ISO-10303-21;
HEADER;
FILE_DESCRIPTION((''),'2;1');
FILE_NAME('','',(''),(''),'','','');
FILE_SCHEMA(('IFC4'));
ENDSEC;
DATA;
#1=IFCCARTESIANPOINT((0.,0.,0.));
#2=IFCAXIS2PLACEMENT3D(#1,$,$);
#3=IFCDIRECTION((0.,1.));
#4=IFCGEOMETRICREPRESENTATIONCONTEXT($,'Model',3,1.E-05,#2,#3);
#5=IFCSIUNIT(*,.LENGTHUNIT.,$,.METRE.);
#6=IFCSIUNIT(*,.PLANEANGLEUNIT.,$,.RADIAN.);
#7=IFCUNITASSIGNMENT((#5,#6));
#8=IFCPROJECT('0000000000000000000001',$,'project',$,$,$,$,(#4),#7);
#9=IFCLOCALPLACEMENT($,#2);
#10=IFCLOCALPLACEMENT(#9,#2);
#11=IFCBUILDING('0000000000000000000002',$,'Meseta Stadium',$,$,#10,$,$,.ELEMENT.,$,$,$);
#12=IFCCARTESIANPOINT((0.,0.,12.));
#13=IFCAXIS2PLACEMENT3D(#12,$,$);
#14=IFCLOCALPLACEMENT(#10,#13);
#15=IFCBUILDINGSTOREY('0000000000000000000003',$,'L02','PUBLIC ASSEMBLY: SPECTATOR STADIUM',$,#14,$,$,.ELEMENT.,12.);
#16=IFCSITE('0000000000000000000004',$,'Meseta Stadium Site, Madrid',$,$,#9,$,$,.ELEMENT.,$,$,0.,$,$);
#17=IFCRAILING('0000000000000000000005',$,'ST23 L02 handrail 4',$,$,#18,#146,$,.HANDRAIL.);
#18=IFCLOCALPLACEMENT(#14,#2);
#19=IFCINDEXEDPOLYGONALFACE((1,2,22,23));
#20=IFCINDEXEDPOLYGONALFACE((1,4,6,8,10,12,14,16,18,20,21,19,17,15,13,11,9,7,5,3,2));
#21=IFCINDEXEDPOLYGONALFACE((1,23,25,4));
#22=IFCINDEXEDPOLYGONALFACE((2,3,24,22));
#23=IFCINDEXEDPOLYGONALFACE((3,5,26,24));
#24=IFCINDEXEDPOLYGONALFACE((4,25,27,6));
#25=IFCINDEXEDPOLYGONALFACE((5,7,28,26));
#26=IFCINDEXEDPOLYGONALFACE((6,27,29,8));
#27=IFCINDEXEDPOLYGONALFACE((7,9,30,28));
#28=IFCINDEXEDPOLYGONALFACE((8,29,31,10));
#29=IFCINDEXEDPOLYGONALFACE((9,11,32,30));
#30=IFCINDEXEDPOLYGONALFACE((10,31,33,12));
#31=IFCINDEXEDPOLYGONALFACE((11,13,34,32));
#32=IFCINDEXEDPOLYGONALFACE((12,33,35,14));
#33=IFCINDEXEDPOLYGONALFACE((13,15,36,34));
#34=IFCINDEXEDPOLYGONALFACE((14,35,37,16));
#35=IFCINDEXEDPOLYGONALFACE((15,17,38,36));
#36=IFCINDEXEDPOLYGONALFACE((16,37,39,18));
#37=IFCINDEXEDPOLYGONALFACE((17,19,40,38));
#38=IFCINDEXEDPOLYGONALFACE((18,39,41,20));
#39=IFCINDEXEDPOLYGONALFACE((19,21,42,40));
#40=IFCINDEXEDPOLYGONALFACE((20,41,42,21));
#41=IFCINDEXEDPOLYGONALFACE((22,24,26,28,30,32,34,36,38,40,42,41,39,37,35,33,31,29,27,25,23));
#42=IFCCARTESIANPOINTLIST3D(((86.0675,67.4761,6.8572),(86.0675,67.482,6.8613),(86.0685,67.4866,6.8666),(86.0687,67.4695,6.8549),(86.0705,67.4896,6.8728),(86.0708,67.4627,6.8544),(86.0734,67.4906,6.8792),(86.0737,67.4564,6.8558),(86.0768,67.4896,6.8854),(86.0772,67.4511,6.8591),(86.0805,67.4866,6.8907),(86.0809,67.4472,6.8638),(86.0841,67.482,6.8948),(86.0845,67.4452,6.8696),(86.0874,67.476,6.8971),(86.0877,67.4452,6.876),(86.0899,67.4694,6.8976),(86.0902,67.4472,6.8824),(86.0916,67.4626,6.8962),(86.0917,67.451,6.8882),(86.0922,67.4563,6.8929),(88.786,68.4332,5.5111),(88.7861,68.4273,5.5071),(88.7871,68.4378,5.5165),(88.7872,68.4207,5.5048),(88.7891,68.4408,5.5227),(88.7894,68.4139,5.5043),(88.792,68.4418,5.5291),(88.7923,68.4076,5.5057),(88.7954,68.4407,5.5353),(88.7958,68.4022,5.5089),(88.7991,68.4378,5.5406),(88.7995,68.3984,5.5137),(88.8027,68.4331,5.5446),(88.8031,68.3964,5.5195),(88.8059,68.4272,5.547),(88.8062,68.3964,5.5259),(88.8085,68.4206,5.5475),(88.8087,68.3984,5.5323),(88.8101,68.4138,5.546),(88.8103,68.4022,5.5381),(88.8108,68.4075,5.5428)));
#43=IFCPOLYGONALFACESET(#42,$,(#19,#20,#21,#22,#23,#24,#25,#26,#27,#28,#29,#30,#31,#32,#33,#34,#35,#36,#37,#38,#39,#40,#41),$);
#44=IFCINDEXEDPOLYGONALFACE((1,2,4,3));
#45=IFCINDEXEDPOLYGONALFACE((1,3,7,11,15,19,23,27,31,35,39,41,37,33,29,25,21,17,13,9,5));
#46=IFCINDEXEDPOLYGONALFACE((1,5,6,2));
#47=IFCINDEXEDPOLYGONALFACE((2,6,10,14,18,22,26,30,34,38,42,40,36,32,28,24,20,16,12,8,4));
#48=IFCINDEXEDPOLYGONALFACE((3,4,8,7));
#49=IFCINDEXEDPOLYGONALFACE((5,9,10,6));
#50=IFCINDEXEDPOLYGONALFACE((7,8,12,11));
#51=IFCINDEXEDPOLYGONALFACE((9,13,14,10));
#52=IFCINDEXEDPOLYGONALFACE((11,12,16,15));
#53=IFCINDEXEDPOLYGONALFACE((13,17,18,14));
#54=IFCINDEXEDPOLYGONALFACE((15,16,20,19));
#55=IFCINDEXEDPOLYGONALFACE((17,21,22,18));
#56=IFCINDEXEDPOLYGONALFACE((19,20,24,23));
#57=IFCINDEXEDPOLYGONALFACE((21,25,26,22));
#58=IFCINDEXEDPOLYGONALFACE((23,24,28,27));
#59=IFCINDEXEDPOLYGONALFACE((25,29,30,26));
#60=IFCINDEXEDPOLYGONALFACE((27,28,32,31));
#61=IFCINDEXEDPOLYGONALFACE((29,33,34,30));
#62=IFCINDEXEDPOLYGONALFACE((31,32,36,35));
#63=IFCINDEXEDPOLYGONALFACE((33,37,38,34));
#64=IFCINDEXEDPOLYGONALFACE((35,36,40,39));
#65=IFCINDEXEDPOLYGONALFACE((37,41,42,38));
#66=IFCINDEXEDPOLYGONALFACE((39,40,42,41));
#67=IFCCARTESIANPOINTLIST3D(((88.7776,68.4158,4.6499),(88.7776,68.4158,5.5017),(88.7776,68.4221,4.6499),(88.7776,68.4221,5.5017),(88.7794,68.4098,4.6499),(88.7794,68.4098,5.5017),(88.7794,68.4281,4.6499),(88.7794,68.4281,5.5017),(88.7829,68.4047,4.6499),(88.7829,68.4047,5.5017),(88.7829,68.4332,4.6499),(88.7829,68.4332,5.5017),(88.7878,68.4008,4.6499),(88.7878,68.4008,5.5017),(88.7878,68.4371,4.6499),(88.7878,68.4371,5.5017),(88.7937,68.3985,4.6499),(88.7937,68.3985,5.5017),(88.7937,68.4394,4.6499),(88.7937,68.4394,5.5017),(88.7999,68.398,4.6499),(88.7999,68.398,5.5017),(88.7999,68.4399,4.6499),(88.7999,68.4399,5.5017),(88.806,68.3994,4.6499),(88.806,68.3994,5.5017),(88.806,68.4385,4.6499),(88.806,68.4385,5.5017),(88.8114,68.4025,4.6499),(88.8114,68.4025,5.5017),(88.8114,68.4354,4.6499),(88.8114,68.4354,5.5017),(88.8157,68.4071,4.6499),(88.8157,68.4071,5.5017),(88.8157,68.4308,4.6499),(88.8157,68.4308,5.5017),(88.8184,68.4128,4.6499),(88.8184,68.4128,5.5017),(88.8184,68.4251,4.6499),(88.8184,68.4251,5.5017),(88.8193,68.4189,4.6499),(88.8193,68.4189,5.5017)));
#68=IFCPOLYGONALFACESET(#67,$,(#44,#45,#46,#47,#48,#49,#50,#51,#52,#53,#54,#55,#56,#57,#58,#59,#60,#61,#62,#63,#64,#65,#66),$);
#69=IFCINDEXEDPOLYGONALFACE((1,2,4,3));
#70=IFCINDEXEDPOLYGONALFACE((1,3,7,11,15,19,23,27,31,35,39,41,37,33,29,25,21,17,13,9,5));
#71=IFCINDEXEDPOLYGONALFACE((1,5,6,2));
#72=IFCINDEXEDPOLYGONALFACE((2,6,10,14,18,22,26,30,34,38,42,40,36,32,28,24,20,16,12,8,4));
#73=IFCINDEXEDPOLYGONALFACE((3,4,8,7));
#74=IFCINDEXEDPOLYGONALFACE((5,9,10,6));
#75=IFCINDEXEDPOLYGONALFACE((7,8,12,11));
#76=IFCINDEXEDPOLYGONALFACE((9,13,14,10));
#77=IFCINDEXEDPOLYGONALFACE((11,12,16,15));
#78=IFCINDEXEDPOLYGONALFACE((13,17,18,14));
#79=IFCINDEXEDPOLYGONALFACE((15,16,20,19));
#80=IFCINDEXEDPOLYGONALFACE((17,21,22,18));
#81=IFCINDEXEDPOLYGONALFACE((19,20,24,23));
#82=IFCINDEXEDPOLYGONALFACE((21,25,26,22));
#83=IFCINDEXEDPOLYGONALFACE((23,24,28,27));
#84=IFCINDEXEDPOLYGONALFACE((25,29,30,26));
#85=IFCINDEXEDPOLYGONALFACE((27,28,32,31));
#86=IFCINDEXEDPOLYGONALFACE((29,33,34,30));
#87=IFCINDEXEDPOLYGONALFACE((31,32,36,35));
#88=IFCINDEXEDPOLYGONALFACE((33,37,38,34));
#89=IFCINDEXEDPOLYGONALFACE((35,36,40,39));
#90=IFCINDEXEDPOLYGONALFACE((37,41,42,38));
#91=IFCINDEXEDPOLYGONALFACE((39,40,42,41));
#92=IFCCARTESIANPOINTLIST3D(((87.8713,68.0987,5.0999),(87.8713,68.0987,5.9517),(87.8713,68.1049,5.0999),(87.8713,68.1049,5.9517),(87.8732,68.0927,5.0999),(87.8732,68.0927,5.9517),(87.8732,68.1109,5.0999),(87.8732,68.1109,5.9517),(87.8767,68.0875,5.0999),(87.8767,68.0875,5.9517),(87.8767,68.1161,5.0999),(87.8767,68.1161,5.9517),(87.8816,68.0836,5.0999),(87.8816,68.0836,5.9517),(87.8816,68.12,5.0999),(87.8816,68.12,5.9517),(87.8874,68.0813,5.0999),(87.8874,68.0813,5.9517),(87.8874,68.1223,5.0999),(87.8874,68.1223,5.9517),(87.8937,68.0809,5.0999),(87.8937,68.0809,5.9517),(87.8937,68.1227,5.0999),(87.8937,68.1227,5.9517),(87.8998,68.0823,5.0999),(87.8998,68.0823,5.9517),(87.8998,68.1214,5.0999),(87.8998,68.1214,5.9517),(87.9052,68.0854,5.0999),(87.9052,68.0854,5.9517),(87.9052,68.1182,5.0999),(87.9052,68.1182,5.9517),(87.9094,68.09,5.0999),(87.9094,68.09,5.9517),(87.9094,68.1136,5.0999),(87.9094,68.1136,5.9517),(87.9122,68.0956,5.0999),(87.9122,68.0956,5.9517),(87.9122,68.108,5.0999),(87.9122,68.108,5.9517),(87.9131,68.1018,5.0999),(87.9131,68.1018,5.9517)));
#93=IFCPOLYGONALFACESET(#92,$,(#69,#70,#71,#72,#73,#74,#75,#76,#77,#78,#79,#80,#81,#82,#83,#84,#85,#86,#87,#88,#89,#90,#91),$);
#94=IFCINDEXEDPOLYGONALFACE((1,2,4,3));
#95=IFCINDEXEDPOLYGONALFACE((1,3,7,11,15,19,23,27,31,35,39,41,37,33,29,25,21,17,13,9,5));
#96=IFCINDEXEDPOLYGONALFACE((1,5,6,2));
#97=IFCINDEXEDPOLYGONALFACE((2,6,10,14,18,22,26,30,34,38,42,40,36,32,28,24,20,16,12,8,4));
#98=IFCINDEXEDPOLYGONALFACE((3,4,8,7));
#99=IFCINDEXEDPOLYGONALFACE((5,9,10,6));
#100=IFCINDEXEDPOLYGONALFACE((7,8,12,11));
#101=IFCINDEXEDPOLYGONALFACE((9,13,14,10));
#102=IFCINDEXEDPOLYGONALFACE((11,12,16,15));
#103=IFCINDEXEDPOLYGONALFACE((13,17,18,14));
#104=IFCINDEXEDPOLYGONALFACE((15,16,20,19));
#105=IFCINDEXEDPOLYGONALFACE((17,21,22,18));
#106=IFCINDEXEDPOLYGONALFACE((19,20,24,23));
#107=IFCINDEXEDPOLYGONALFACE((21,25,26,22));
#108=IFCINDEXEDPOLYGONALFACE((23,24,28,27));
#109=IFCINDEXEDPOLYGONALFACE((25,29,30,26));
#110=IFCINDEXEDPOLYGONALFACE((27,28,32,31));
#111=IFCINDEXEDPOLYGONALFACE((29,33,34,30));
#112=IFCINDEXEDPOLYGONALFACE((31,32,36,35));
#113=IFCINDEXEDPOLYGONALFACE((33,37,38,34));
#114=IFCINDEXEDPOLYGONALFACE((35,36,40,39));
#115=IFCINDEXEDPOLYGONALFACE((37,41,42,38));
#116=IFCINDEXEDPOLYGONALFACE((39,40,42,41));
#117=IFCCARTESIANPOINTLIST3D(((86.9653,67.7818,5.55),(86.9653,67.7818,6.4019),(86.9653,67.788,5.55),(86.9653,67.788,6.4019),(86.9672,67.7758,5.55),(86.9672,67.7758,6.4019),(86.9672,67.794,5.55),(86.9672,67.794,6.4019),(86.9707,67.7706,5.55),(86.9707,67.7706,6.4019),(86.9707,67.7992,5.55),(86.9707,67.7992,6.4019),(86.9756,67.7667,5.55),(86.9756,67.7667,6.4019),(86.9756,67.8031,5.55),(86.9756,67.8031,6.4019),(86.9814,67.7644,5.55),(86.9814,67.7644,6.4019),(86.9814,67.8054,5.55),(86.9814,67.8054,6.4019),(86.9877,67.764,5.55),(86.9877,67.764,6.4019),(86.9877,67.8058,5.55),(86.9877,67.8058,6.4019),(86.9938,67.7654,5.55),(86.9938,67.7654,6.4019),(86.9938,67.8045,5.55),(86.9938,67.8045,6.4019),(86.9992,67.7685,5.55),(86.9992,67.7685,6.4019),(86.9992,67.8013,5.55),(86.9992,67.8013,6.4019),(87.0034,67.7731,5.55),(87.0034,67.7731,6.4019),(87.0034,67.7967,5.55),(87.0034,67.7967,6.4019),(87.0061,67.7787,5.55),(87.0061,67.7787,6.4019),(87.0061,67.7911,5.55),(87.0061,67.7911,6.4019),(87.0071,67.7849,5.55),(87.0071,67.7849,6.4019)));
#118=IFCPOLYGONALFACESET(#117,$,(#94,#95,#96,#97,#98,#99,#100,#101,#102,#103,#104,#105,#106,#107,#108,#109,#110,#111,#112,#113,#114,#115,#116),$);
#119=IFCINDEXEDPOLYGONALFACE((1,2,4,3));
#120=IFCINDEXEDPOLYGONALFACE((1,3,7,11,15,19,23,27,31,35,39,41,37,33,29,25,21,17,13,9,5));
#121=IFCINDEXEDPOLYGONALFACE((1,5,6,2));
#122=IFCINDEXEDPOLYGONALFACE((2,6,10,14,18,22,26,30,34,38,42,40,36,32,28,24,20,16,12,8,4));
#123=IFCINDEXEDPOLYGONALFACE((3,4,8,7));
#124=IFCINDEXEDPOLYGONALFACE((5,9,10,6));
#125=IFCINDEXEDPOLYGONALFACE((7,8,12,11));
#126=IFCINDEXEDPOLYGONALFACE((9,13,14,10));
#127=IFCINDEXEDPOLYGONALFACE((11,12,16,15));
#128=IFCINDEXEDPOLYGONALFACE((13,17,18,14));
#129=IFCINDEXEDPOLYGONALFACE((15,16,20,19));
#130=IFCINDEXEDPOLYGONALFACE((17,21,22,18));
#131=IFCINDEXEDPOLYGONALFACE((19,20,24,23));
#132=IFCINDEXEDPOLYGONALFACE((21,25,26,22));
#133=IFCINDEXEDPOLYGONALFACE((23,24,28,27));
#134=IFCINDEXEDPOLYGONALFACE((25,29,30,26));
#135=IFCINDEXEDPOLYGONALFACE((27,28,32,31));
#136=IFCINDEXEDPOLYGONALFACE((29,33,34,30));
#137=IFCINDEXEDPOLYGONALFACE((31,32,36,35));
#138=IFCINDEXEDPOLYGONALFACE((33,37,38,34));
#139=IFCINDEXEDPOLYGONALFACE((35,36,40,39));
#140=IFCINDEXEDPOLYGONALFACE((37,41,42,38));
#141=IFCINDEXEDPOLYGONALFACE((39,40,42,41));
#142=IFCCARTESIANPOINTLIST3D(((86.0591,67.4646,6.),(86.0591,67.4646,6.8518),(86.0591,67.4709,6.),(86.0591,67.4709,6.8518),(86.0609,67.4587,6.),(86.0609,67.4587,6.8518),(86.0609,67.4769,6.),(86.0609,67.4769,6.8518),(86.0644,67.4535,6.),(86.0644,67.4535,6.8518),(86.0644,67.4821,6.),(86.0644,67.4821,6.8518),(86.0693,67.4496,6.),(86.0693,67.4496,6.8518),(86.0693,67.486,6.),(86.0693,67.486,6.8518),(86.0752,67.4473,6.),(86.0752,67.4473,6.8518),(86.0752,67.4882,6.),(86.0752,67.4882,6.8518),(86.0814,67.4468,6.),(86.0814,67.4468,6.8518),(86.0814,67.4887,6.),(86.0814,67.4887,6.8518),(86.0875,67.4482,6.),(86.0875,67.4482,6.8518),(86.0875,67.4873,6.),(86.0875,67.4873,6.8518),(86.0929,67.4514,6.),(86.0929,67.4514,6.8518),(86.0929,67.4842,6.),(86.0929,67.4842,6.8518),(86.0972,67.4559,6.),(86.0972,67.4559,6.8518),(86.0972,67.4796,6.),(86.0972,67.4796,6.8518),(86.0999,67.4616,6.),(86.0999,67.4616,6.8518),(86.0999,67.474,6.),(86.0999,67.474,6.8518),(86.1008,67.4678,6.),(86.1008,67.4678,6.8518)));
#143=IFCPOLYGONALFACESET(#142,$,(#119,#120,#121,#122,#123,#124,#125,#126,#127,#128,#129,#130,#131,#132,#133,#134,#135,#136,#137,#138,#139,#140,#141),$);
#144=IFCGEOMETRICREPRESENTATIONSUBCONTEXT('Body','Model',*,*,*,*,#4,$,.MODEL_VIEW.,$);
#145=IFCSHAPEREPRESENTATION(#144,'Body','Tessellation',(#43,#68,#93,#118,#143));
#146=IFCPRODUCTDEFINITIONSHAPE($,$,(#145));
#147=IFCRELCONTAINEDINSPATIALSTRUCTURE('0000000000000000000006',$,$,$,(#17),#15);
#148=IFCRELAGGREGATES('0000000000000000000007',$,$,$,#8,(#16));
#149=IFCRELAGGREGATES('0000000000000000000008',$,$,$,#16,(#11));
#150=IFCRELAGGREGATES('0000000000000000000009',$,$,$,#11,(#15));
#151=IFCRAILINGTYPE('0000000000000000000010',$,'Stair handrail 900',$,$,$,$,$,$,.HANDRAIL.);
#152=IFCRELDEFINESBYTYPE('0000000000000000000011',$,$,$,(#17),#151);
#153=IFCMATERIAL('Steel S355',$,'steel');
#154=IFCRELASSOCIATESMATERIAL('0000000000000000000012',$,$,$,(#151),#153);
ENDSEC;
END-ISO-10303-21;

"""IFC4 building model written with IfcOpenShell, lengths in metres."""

from ifc_helpers import new_model, si_unit, direction, frame, origin, origin_2d, place, context, subcontext, project, spatial, circle, extrude, material, type_object, element, save


model = new_model("IFC4")

# Units and contexts
model_context = context("Model", 3, precision=1e-05, world=origin(), true_north=direction((0.0, 1.0)))
body_context = subcontext(model_context, "Body", "Model", "MODEL_VIEW")
ifc_project = project(units=[si_unit("LENGTHUNIT", "METRE"), si_unit("PLANEANGLEUNIT", "RADIAN")], contexts=[model_context])

# Site, building, storey
site_placement = place(None, origin())
site = spatial("IfcSite", under=ifc_project, at=site_placement, Name="Meseta Stadium Site, Madrid", CompositionType="ELEMENT", RefElevation=0.0)
building_placement = place(site_placement, origin())
building = spatial("IfcBuilding", under=site, at=building_placement, Name="Meseta Stadium", CompositionType="ELEMENT")
storey_placement = place(building_placement, frame((0.0, 0.0, 12.0)))
storey = spatial("IfcBuildingStorey", under=building, at=storey_placement, Name="L02", Description="PUBLIC ASSEMBLY: SPECTATOR STADIUM", CompositionType="ELEMENT", Elevation=12.0)

# Railing
ifc_material_1 = material(Name="Steel S355", Category="steel")
railing_type_1 = type_object("IfcRailingType", Name="Stair handrail 900", PredefinedType="HANDRAIL", material=ifc_material_1)
railing_1_placement = place(storey_placement, frame((88.7983, 68.4189, 4.6499)))
element("IfcRailing", 1, at=railing_1_placement, inside=storey, type_object=railing_type_1, Name="ST23 L02 handrail 4", PredefinedType="HANDRAIL", context=body_context, shape_type="SweptSolid", body=[
    extrude(circle(Radius=0.0239, at=origin_2d()), frame((0.0, 0.0, 0.876), z_axis=(-0.854649, -0.299031, 0.424446), x_axis=(0.330256, -0.943891, 0.0)), (0.0, 0.0, 1.0), 3.1809),
    extrude(circle(Radius=0.021, at=origin_2d()), origin(), (0.0, 0.0, 1.0), 0.8518),
    extrude(circle(Radius=0.021, at=origin_2d()), frame((-0.9062, -0.3171, 0.45)), (0.0, 0.0, 1.0), 0.8518),
    extrude(circle(Radius=0.021, at=origin_2d()), frame((-1.8123, -0.634, 0.9001)), (0.0, 0.0, 1.0), 0.8518),
    extrude(circle(Radius=0.021, at=origin_2d()), frame((-2.7185, -0.9512, 1.3501)), (0.0, 0.0, 1.0), 0.8518),
])

save(model, "model.ifc")
